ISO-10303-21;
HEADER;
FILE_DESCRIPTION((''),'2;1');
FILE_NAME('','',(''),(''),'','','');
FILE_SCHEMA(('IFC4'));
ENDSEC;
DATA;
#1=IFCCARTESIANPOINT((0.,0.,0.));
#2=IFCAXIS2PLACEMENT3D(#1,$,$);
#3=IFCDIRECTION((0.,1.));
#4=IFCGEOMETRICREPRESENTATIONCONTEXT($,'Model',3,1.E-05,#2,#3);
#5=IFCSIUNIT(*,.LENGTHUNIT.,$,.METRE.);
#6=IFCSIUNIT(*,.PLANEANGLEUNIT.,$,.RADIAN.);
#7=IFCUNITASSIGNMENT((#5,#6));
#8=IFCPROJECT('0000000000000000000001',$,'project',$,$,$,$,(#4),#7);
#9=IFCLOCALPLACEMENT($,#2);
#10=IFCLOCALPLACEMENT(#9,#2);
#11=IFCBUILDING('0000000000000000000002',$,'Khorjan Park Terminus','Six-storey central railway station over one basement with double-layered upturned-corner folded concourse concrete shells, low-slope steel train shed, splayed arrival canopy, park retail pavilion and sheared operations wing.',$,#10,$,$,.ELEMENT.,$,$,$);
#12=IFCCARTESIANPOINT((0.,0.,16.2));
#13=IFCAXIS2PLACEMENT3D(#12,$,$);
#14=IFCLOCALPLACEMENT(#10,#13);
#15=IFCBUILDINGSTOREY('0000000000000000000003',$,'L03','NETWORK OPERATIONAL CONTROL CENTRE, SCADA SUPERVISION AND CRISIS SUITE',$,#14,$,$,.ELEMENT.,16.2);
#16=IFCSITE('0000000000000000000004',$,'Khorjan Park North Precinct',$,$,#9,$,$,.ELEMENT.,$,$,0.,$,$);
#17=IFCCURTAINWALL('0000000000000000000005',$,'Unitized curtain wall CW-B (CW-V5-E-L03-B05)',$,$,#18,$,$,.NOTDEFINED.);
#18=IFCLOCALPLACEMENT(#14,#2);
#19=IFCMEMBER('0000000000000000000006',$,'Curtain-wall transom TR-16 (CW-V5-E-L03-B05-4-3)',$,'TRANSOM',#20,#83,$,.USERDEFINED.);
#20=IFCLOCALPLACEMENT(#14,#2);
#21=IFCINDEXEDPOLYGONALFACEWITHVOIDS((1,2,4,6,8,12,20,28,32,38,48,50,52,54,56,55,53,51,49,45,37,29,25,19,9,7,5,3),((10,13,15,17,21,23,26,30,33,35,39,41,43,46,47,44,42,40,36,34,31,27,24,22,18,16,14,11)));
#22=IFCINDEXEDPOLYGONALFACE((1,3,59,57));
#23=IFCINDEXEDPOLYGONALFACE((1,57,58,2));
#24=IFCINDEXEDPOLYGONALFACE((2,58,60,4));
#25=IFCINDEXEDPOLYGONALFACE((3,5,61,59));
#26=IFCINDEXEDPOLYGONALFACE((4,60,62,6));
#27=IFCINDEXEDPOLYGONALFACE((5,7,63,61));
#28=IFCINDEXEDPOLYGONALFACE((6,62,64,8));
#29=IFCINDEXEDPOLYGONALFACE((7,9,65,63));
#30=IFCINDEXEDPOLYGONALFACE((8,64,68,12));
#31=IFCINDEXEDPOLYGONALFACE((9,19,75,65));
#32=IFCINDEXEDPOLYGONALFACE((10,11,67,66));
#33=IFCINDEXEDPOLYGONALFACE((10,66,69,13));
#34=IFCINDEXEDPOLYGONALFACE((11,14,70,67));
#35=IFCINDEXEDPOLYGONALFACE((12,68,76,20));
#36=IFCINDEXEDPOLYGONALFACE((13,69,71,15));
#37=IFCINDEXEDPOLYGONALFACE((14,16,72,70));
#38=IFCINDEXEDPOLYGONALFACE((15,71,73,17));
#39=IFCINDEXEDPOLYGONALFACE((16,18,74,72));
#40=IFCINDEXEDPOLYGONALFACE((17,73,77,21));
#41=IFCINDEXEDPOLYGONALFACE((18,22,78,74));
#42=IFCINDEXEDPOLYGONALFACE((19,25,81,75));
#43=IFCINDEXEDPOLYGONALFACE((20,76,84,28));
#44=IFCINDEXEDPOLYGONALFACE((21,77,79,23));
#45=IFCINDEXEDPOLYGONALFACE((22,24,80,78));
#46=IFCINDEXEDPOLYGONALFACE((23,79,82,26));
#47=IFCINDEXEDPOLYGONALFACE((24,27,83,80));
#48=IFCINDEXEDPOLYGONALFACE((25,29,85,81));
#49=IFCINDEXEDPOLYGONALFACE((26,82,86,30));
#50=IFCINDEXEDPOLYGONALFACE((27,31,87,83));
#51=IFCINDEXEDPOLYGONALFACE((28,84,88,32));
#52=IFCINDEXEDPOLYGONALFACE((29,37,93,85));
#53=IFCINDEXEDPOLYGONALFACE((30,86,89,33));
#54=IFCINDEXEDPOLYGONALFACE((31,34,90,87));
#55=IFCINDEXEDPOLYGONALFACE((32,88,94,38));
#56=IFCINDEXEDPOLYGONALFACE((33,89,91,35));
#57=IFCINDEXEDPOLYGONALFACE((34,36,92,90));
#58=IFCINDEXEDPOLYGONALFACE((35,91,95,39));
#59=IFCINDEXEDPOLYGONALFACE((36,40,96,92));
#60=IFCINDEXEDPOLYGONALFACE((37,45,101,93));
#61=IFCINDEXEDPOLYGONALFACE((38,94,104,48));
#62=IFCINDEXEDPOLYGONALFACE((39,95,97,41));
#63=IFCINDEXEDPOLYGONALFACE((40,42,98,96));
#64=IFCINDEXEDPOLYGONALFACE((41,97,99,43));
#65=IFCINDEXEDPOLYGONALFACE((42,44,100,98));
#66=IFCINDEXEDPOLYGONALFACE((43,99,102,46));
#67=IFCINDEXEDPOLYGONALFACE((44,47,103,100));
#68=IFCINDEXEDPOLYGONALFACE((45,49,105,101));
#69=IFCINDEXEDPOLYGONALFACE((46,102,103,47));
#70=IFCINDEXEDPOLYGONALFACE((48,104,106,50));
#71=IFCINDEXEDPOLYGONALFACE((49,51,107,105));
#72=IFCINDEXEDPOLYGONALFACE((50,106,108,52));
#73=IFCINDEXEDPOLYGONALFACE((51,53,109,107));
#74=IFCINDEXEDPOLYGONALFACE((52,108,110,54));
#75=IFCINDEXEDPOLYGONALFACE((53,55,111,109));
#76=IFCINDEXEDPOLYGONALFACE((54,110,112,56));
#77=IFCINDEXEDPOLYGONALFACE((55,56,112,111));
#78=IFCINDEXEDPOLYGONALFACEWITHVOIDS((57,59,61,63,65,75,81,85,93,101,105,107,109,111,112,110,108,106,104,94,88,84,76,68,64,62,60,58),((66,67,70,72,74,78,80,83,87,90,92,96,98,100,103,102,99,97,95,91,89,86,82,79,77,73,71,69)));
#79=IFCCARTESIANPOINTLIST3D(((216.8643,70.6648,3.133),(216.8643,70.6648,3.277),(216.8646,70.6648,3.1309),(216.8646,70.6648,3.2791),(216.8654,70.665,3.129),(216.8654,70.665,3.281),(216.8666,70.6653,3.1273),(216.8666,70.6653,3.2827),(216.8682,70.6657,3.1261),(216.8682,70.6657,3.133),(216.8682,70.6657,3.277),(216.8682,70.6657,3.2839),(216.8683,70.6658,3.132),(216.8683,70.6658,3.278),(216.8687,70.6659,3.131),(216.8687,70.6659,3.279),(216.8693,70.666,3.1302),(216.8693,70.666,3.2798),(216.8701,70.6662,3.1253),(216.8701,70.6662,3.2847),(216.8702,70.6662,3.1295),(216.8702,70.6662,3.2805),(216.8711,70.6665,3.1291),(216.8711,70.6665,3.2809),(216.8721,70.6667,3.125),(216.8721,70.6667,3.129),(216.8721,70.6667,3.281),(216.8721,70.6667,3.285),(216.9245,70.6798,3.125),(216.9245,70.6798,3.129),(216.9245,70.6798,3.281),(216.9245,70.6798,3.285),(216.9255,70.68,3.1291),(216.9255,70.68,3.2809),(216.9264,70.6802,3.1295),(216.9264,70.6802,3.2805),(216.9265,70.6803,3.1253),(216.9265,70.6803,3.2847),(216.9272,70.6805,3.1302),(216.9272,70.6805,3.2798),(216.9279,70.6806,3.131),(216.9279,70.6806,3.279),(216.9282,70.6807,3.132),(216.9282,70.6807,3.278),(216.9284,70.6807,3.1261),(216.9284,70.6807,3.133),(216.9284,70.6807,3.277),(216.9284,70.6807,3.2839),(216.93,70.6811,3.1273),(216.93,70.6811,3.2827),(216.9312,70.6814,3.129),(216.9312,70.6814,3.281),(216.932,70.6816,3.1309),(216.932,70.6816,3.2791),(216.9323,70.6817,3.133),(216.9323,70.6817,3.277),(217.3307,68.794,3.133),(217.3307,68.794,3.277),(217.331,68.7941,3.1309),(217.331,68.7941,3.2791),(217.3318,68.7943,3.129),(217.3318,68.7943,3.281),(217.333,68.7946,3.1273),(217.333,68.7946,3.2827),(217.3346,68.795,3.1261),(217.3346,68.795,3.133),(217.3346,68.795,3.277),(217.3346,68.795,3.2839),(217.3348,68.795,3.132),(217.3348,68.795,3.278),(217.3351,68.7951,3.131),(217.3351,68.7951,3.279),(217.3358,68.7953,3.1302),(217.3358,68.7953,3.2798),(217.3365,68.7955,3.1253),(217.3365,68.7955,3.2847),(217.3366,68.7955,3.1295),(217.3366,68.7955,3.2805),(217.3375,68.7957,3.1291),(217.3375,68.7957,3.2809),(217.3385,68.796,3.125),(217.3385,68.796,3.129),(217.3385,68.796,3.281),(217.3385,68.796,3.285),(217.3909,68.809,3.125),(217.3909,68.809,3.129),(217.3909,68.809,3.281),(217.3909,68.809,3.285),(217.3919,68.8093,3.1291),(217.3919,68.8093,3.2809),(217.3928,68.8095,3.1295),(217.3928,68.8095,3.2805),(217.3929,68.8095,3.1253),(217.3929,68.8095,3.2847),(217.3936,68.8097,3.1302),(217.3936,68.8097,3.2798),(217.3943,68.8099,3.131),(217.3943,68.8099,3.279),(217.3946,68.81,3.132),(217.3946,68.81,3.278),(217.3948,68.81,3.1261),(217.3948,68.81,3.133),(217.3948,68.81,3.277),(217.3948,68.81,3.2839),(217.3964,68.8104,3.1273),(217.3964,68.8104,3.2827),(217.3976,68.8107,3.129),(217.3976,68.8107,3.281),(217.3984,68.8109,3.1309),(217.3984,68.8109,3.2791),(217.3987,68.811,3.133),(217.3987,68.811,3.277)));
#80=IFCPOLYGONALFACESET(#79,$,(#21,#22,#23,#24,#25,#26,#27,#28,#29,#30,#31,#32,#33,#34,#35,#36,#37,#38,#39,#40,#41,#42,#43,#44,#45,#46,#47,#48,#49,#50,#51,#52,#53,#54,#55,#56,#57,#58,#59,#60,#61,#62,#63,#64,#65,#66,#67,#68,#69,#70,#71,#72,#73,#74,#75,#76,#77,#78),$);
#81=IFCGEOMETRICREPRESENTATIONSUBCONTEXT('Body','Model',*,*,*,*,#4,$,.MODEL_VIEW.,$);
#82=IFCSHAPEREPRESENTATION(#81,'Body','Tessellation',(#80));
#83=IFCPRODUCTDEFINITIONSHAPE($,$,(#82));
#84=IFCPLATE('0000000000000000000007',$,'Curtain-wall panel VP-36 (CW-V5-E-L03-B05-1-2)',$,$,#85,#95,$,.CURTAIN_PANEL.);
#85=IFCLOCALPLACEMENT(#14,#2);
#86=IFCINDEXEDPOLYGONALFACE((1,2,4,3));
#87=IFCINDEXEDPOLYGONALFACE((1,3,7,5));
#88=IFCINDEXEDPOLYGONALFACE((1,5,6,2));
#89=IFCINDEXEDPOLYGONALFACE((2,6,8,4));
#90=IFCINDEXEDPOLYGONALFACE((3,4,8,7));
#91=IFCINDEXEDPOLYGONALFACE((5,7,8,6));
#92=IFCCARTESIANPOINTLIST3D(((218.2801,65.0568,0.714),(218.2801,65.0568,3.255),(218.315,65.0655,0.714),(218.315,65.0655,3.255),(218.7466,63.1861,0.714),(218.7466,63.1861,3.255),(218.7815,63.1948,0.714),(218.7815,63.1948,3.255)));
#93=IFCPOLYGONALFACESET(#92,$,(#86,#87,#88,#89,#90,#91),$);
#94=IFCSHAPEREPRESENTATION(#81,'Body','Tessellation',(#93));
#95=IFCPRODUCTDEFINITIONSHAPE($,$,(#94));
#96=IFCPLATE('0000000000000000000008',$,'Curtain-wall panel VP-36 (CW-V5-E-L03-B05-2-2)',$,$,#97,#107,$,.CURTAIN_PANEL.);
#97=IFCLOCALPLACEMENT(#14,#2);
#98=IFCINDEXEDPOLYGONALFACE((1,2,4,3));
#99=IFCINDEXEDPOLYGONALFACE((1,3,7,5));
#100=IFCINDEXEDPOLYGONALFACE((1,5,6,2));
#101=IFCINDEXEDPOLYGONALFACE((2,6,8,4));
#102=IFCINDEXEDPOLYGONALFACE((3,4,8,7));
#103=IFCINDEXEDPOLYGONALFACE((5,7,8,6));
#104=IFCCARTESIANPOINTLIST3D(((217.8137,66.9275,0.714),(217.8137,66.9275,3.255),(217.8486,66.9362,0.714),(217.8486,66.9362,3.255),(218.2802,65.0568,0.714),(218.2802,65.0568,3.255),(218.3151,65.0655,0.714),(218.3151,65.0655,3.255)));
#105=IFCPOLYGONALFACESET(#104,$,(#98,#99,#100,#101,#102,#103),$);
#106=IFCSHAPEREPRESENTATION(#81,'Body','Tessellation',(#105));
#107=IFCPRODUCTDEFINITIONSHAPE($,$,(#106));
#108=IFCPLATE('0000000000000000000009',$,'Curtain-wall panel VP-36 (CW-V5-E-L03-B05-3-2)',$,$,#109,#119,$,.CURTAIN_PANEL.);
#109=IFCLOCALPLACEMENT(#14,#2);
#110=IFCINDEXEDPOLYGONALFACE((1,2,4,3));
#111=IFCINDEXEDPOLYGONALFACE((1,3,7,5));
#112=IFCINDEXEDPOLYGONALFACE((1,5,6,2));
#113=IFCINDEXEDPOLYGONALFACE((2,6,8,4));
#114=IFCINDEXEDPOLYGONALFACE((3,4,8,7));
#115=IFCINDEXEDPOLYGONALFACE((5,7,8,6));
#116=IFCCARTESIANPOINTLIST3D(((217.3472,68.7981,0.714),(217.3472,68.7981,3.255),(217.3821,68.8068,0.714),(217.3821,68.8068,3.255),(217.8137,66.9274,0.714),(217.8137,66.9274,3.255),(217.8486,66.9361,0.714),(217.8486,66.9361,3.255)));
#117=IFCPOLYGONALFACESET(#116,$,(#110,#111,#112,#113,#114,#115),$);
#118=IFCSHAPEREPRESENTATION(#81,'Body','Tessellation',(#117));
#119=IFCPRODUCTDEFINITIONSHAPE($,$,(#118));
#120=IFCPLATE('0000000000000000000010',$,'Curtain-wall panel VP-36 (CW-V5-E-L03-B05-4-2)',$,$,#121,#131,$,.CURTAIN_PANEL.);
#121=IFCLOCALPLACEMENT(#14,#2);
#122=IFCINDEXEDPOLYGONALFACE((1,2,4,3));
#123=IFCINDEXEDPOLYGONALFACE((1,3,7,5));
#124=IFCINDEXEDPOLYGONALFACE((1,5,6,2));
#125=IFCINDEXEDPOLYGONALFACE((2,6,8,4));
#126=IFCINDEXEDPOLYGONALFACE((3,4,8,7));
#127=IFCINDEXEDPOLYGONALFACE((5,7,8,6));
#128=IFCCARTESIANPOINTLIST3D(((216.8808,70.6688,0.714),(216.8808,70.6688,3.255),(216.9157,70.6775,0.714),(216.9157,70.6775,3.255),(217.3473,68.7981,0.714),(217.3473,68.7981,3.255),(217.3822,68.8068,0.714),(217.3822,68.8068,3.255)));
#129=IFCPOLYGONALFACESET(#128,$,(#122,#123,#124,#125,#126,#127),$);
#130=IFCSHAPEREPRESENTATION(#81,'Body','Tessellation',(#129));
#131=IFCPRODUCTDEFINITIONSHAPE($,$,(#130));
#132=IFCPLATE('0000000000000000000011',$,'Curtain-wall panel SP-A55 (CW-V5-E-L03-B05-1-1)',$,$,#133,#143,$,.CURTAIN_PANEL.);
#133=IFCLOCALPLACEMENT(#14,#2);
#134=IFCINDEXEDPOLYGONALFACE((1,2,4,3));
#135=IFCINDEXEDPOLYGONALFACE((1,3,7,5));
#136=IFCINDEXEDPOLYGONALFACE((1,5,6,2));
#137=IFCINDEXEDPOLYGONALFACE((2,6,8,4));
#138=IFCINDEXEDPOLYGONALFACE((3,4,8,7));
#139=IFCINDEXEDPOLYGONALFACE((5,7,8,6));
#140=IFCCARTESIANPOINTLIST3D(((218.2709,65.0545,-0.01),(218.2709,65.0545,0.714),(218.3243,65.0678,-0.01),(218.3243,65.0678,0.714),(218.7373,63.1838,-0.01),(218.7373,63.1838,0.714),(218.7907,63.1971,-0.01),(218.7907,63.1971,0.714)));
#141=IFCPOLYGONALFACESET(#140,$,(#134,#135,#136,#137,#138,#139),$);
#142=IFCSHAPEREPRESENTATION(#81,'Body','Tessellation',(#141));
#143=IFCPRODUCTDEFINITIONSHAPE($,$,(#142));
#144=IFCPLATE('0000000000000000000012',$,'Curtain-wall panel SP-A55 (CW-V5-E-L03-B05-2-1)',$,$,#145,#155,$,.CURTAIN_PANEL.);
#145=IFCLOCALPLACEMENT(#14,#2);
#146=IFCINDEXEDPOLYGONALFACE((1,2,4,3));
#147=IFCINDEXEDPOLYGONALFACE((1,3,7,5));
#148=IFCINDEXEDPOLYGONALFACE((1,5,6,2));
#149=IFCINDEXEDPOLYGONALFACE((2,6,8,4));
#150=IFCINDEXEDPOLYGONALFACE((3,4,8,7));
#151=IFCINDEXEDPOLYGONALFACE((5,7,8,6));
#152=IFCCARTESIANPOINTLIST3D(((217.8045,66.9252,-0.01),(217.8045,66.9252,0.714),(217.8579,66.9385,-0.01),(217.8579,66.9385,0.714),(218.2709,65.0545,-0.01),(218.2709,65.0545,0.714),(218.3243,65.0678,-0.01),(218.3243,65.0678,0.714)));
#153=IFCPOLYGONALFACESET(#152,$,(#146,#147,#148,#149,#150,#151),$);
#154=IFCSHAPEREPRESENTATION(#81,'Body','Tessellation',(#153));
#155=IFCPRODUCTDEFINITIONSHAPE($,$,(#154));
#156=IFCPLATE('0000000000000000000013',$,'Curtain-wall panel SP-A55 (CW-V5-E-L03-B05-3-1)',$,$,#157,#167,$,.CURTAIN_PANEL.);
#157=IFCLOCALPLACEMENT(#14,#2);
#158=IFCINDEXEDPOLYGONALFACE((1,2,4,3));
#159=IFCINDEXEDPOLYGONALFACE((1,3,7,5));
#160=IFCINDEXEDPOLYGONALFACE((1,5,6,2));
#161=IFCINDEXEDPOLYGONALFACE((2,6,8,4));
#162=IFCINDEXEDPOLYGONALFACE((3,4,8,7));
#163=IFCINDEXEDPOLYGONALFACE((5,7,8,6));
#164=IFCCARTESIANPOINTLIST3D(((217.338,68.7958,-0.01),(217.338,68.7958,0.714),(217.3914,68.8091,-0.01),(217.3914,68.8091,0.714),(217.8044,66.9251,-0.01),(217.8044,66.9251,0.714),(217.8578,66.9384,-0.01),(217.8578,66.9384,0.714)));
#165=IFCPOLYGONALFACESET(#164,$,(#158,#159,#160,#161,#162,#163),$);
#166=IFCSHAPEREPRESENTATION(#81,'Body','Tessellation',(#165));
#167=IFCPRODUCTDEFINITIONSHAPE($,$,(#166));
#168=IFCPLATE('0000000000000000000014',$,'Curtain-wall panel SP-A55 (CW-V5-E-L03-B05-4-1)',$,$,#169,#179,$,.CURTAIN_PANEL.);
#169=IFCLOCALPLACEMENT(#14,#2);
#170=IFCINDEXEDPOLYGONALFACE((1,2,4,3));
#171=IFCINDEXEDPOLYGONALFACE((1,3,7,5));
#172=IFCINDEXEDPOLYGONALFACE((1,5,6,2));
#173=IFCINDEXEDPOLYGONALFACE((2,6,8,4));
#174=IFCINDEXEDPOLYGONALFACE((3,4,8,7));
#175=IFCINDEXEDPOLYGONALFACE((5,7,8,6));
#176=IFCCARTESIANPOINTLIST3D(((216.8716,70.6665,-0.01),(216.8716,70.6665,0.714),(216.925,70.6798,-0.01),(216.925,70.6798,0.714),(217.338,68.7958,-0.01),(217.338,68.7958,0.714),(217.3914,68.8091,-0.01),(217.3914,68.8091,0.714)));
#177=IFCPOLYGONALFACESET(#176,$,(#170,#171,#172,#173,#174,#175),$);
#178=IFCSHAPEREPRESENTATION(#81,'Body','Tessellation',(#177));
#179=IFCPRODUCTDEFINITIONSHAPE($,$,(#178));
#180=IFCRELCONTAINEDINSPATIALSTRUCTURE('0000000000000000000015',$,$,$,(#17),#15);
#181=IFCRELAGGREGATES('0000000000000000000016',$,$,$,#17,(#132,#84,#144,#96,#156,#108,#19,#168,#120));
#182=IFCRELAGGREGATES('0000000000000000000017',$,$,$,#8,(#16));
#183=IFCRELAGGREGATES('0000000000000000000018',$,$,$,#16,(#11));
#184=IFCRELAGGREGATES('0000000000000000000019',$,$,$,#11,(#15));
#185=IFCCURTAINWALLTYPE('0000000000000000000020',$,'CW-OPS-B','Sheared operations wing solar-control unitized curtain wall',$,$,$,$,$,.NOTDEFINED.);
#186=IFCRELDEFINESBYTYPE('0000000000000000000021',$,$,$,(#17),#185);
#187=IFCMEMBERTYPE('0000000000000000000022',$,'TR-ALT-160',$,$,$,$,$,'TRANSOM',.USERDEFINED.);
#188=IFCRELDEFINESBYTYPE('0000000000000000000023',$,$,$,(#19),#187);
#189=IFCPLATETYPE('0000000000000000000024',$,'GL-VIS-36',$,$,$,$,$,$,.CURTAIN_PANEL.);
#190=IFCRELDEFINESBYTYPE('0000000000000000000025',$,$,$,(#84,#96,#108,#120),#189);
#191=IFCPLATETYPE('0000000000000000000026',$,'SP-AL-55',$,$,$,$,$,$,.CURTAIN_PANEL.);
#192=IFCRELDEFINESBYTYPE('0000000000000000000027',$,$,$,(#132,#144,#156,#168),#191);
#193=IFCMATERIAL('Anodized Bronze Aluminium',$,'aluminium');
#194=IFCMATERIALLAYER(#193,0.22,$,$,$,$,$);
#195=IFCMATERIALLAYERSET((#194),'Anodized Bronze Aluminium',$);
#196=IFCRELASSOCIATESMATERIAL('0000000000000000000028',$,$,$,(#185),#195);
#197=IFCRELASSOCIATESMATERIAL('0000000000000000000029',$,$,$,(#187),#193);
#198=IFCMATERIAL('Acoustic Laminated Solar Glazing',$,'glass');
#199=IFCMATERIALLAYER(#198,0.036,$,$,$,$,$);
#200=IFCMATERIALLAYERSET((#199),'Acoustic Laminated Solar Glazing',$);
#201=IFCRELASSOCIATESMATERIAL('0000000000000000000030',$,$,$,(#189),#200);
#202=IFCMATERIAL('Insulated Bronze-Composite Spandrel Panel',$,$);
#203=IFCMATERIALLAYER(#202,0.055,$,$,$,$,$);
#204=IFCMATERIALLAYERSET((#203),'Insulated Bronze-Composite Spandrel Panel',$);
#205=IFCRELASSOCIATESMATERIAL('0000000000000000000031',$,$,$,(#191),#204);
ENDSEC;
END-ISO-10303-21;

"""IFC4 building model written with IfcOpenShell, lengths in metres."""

from ifc_helpers import new_model, si_unit, direction, frame, origin, origin_2d, place, context, subcontext, project, spatial, rectangle, hollow_rectangle, extrude, material, layer, layer_set, material_profile, profile_set, type_object, element, aggregate, save


model = new_model("IFC4")

# Units and contexts
model_context = context("Model", 3, precision=1e-05, world=origin(), true_north=direction((0.0, 1.0)))
body_context = subcontext(model_context, "Body", "Model", "MODEL_VIEW")
ifc_project = project(units=[si_unit("LENGTHUNIT", "METRE"), si_unit("PLANEANGLEUNIT", "RADIAN")], contexts=[model_context])

# Site, building, storey
site_placement = place(None, origin())
site = spatial("IfcSite", under=ifc_project, at=site_placement, Name="Khorjan Park North Precinct", CompositionType="ELEMENT", RefElevation=0.0)
building_placement = place(site_placement, origin())
building = spatial("IfcBuilding", under=site, at=building_placement, Name="Khorjan Park Terminus", Description="Six-storey central railway station over one basement with double-layered upturned-corner folded concourse concrete shells, low-slope steel train shed, splayed arrival canopy, park retail pavilion and sheared operations wing.", CompositionType="ELEMENT")
storey_placement = place(building_placement, frame((0.0, 0.0, 16.2)))
storey = spatial("IfcBuildingStorey", under=building, at=storey_placement, Name="L03", Description="NETWORK OPERATIONAL CONTROL CENTRE, SCADA SUPERVISION AND CRISIS SUITE", CompositionType="ELEMENT", Elevation=16.2)

# Curtain wall, member, plates
ifc_material_1 = material(Name="Anodized Bronze Aluminium", Category="aluminium")
ifc_layer_1 = layer(ifc_material_1, 0.22)
ifc_layer_set_1 = layer_set([ifc_layer_1], Name="Anodized Bronze Aluminium")
curtain_wall_type = type_object("IfcCurtainWallType", Name="CW-OPS-B", Description="Sheared operations wing solar-control unitized curtain wall", PredefinedType="NOTDEFINED", material=ifc_layer_set_1)
curtain_wall_placement = place(storey_placement, origin())
curtain_wall = element("IfcCurtainWall", 1, at=curtain_wall_placement, inside=storey, type_object=curtain_wall_type, Name="Unitized curtain wall CW-B (CW-V5-E-L03-B05)", PredefinedType="NOTDEFINED")
ifc_material_profile_1 = material_profile(ifc_material_1, hollow_rectangle(XDim=0.07, YDim=0.16, WallThickness=0.004, InnerFilletRadius=0.004, OuterFilletRadius=0.008, at=origin_2d()), Name="ALT 70x160x4")
ifc_profile_set_1 = profile_set([ifc_material_profile_1], Name="Anodized Bronze Aluminium")
member_type_1 = type_object("IfcMemberType", Name="TR-ALT-160", ElementType="TRANSOM", PredefinedType="USERDEFINED", material=ifc_profile_set_1)
member_1_placement = place(storey_placement, frame((217.3647, 68.8025, 3.205), z_axis=(-0.241913, 0.970298, 0.0), x_axis=(-0.970298, -0.241913, 0.0)))
member_1 = element("IfcMember", 2, at=member_1_placement, type_object=member_type_1, Name="Curtain-wall transom TR-16 (CW-V5-E-L03-B05-4-3)", ObjectType="TRANSOM", PredefinedType="USERDEFINED", context=body_context, shape_type="SweptSolid", body=[
    extrude(hollow_rectangle(XDim=0.07, YDim=0.16, WallThickness=0.004, InnerFilletRadius=0.004, OuterFilletRadius=0.008, at=origin_2d()), origin(), (0.0, 0.0, 1.0), 1.928),
])
ifc_material_2 = material(Name="Acoustic Laminated Solar Glazing", Category="glass")
ifc_layer_2 = layer(ifc_material_2, 0.036)
ifc_layer_set_2 = layer_set([ifc_layer_2], Name="Acoustic Laminated Solar Glazing")
plate_type_1 = type_object("IfcPlateType", Name="GL-VIS-36", PredefinedType="CURTAIN_PANEL", material=ifc_layer_set_2)
plate_1_placement = place(storey_placement, frame((218.5308, 64.1258, 0.714), z_axis=(0.0, 0.0, 1.0), x_axis=(-0.241935, 0.970292, 0.0)))
plate_1 = element("IfcPlate", 3, at=plate_1_placement, type_object=plate_type_1, Name="Curtain-wall panel VP-36 (CW-V5-E-L03-B05-1-2)", PredefinedType="CURTAIN_PANEL", context=body_context, shape_type="SweptSolid", body=[
    extrude(rectangle(XDim=1.928, YDim=0.036, at=origin_2d()), origin(), (0.0, 0.0, 1.0), 2.541),
])
plate_2_placement = place(storey_placement, frame((218.0644, 65.9965, 0.714), z_axis=(0.0, 0.0, 1.0), x_axis=(-0.241935, 0.970292, 0.0)))
plate_2 = element("IfcPlate", 4, at=plate_2_placement, type_object=plate_type_1, Name="Curtain-wall panel VP-36 (CW-V5-E-L03-B05-2-2)", PredefinedType="CURTAIN_PANEL", context=body_context, shape_type="SweptSolid", body=[
    extrude(rectangle(XDim=1.928, YDim=0.036, at=origin_2d()), origin(), (0.0, 0.0, 1.0), 2.541),
])
plate_3_placement = place(storey_placement, frame((217.5979, 67.8671, 0.714), z_axis=(0.0, 0.0, 1.0), x_axis=(-0.241935, 0.970292, 0.0)))
plate_3 = element("IfcPlate", 5, at=plate_3_placement, type_object=plate_type_1, Name="Curtain-wall panel VP-36 (CW-V5-E-L03-B05-3-2)", PredefinedType="CURTAIN_PANEL", context=body_context, shape_type="SweptSolid", body=[
    extrude(rectangle(XDim=1.928, YDim=0.036, at=origin_2d()), origin(), (0.0, 0.0, 1.0), 2.541),
])
plate_4_placement = place(storey_placement, frame((217.1315, 69.7378, 0.714), z_axis=(0.0, 0.0, 1.0), x_axis=(-0.241935, 0.970292, 0.0)))
plate_4 = element("IfcPlate", 6, at=plate_4_placement, type_object=plate_type_1, Name="Curtain-wall panel VP-36 (CW-V5-E-L03-B05-4-2)", PredefinedType="CURTAIN_PANEL", context=body_context, shape_type="SweptSolid", body=[
    extrude(rectangle(XDim=1.928, YDim=0.036, at=origin_2d()), origin(), (0.0, 0.0, 1.0), 2.541),
])
ifc_material_3 = material(Name="Insulated Bronze-Composite Spandrel Panel")
ifc_layer_3 = layer(ifc_material_3, 0.055)
ifc_layer_set_3 = layer_set([ifc_layer_3], Name="Insulated Bronze-Composite Spandrel Panel")
plate_type_2 = type_object("IfcPlateType", Name="SP-AL-55", PredefinedType="CURTAIN_PANEL", material=ifc_layer_set_3)
plate_5_placement = place(storey_placement, frame((218.5308, 64.1258, -0.01), z_axis=(0.0, 0.0, 1.0), x_axis=(-0.241935, 0.970292, 0.0)))
plate_5 = element("IfcPlate", 7, at=plate_5_placement, type_object=plate_type_2, Name="Curtain-wall panel SP-A55 (CW-V5-E-L03-B05-1-1)", PredefinedType="CURTAIN_PANEL", context=body_context, shape_type="SweptSolid", body=[
    extrude(rectangle(XDim=1.928, YDim=0.055, at=origin_2d()), origin(), (0.0, 0.0, 1.0), 0.724),
])
plate_6_placement = place(storey_placement, frame((218.0644, 65.9965, -0.01), z_axis=(0.0, 0.0, 1.0), x_axis=(-0.241935, 0.970292, 0.0)))
plate_6 = element("IfcPlate", 8, at=plate_6_placement, type_object=plate_type_2, Name="Curtain-wall panel SP-A55 (CW-V5-E-L03-B05-2-1)", PredefinedType="CURTAIN_PANEL", context=body_context, shape_type="SweptSolid", body=[
    extrude(rectangle(XDim=1.928, YDim=0.055, at=origin_2d()), origin(), (0.0, 0.0, 1.0), 0.724),
])
plate_7_placement = place(storey_placement, frame((217.5979, 67.8671, -0.01), z_axis=(0.0, 0.0, 1.0), x_axis=(-0.241935, 0.970292, 0.0)))
plate_7 = element("IfcPlate", 9, at=plate_7_placement, type_object=plate_type_2, Name="Curtain-wall panel SP-A55 (CW-V5-E-L03-B05-3-1)", PredefinedType="CURTAIN_PANEL", context=body_context, shape_type="SweptSolid", body=[
    extrude(rectangle(XDim=1.928, YDim=0.055, at=origin_2d()), origin(), (0.0, 0.0, 1.0), 0.724),
])
plate_8_placement = place(storey_placement, frame((217.1315, 69.7378, -0.01), z_axis=(0.0, 0.0, 1.0), x_axis=(-0.241935, 0.970292, 0.0)))
plate_8 = element("IfcPlate", 10, at=plate_8_placement, type_object=plate_type_2, Name="Curtain-wall panel SP-A55 (CW-V5-E-L03-B05-4-1)", PredefinedType="CURTAIN_PANEL", context=body_context, shape_type="SweptSolid", body=[
    extrude(rectangle(XDim=1.928, YDim=0.055, at=origin_2d()), origin(), (0.0, 0.0, 1.0), 0.724),
])
aggregate(curtain_wall, [plate_5, plate_1, plate_6, plate_2, plate_7, plate_3, member_1, plate_8, plate_4])

save(model, "model.ifc")
